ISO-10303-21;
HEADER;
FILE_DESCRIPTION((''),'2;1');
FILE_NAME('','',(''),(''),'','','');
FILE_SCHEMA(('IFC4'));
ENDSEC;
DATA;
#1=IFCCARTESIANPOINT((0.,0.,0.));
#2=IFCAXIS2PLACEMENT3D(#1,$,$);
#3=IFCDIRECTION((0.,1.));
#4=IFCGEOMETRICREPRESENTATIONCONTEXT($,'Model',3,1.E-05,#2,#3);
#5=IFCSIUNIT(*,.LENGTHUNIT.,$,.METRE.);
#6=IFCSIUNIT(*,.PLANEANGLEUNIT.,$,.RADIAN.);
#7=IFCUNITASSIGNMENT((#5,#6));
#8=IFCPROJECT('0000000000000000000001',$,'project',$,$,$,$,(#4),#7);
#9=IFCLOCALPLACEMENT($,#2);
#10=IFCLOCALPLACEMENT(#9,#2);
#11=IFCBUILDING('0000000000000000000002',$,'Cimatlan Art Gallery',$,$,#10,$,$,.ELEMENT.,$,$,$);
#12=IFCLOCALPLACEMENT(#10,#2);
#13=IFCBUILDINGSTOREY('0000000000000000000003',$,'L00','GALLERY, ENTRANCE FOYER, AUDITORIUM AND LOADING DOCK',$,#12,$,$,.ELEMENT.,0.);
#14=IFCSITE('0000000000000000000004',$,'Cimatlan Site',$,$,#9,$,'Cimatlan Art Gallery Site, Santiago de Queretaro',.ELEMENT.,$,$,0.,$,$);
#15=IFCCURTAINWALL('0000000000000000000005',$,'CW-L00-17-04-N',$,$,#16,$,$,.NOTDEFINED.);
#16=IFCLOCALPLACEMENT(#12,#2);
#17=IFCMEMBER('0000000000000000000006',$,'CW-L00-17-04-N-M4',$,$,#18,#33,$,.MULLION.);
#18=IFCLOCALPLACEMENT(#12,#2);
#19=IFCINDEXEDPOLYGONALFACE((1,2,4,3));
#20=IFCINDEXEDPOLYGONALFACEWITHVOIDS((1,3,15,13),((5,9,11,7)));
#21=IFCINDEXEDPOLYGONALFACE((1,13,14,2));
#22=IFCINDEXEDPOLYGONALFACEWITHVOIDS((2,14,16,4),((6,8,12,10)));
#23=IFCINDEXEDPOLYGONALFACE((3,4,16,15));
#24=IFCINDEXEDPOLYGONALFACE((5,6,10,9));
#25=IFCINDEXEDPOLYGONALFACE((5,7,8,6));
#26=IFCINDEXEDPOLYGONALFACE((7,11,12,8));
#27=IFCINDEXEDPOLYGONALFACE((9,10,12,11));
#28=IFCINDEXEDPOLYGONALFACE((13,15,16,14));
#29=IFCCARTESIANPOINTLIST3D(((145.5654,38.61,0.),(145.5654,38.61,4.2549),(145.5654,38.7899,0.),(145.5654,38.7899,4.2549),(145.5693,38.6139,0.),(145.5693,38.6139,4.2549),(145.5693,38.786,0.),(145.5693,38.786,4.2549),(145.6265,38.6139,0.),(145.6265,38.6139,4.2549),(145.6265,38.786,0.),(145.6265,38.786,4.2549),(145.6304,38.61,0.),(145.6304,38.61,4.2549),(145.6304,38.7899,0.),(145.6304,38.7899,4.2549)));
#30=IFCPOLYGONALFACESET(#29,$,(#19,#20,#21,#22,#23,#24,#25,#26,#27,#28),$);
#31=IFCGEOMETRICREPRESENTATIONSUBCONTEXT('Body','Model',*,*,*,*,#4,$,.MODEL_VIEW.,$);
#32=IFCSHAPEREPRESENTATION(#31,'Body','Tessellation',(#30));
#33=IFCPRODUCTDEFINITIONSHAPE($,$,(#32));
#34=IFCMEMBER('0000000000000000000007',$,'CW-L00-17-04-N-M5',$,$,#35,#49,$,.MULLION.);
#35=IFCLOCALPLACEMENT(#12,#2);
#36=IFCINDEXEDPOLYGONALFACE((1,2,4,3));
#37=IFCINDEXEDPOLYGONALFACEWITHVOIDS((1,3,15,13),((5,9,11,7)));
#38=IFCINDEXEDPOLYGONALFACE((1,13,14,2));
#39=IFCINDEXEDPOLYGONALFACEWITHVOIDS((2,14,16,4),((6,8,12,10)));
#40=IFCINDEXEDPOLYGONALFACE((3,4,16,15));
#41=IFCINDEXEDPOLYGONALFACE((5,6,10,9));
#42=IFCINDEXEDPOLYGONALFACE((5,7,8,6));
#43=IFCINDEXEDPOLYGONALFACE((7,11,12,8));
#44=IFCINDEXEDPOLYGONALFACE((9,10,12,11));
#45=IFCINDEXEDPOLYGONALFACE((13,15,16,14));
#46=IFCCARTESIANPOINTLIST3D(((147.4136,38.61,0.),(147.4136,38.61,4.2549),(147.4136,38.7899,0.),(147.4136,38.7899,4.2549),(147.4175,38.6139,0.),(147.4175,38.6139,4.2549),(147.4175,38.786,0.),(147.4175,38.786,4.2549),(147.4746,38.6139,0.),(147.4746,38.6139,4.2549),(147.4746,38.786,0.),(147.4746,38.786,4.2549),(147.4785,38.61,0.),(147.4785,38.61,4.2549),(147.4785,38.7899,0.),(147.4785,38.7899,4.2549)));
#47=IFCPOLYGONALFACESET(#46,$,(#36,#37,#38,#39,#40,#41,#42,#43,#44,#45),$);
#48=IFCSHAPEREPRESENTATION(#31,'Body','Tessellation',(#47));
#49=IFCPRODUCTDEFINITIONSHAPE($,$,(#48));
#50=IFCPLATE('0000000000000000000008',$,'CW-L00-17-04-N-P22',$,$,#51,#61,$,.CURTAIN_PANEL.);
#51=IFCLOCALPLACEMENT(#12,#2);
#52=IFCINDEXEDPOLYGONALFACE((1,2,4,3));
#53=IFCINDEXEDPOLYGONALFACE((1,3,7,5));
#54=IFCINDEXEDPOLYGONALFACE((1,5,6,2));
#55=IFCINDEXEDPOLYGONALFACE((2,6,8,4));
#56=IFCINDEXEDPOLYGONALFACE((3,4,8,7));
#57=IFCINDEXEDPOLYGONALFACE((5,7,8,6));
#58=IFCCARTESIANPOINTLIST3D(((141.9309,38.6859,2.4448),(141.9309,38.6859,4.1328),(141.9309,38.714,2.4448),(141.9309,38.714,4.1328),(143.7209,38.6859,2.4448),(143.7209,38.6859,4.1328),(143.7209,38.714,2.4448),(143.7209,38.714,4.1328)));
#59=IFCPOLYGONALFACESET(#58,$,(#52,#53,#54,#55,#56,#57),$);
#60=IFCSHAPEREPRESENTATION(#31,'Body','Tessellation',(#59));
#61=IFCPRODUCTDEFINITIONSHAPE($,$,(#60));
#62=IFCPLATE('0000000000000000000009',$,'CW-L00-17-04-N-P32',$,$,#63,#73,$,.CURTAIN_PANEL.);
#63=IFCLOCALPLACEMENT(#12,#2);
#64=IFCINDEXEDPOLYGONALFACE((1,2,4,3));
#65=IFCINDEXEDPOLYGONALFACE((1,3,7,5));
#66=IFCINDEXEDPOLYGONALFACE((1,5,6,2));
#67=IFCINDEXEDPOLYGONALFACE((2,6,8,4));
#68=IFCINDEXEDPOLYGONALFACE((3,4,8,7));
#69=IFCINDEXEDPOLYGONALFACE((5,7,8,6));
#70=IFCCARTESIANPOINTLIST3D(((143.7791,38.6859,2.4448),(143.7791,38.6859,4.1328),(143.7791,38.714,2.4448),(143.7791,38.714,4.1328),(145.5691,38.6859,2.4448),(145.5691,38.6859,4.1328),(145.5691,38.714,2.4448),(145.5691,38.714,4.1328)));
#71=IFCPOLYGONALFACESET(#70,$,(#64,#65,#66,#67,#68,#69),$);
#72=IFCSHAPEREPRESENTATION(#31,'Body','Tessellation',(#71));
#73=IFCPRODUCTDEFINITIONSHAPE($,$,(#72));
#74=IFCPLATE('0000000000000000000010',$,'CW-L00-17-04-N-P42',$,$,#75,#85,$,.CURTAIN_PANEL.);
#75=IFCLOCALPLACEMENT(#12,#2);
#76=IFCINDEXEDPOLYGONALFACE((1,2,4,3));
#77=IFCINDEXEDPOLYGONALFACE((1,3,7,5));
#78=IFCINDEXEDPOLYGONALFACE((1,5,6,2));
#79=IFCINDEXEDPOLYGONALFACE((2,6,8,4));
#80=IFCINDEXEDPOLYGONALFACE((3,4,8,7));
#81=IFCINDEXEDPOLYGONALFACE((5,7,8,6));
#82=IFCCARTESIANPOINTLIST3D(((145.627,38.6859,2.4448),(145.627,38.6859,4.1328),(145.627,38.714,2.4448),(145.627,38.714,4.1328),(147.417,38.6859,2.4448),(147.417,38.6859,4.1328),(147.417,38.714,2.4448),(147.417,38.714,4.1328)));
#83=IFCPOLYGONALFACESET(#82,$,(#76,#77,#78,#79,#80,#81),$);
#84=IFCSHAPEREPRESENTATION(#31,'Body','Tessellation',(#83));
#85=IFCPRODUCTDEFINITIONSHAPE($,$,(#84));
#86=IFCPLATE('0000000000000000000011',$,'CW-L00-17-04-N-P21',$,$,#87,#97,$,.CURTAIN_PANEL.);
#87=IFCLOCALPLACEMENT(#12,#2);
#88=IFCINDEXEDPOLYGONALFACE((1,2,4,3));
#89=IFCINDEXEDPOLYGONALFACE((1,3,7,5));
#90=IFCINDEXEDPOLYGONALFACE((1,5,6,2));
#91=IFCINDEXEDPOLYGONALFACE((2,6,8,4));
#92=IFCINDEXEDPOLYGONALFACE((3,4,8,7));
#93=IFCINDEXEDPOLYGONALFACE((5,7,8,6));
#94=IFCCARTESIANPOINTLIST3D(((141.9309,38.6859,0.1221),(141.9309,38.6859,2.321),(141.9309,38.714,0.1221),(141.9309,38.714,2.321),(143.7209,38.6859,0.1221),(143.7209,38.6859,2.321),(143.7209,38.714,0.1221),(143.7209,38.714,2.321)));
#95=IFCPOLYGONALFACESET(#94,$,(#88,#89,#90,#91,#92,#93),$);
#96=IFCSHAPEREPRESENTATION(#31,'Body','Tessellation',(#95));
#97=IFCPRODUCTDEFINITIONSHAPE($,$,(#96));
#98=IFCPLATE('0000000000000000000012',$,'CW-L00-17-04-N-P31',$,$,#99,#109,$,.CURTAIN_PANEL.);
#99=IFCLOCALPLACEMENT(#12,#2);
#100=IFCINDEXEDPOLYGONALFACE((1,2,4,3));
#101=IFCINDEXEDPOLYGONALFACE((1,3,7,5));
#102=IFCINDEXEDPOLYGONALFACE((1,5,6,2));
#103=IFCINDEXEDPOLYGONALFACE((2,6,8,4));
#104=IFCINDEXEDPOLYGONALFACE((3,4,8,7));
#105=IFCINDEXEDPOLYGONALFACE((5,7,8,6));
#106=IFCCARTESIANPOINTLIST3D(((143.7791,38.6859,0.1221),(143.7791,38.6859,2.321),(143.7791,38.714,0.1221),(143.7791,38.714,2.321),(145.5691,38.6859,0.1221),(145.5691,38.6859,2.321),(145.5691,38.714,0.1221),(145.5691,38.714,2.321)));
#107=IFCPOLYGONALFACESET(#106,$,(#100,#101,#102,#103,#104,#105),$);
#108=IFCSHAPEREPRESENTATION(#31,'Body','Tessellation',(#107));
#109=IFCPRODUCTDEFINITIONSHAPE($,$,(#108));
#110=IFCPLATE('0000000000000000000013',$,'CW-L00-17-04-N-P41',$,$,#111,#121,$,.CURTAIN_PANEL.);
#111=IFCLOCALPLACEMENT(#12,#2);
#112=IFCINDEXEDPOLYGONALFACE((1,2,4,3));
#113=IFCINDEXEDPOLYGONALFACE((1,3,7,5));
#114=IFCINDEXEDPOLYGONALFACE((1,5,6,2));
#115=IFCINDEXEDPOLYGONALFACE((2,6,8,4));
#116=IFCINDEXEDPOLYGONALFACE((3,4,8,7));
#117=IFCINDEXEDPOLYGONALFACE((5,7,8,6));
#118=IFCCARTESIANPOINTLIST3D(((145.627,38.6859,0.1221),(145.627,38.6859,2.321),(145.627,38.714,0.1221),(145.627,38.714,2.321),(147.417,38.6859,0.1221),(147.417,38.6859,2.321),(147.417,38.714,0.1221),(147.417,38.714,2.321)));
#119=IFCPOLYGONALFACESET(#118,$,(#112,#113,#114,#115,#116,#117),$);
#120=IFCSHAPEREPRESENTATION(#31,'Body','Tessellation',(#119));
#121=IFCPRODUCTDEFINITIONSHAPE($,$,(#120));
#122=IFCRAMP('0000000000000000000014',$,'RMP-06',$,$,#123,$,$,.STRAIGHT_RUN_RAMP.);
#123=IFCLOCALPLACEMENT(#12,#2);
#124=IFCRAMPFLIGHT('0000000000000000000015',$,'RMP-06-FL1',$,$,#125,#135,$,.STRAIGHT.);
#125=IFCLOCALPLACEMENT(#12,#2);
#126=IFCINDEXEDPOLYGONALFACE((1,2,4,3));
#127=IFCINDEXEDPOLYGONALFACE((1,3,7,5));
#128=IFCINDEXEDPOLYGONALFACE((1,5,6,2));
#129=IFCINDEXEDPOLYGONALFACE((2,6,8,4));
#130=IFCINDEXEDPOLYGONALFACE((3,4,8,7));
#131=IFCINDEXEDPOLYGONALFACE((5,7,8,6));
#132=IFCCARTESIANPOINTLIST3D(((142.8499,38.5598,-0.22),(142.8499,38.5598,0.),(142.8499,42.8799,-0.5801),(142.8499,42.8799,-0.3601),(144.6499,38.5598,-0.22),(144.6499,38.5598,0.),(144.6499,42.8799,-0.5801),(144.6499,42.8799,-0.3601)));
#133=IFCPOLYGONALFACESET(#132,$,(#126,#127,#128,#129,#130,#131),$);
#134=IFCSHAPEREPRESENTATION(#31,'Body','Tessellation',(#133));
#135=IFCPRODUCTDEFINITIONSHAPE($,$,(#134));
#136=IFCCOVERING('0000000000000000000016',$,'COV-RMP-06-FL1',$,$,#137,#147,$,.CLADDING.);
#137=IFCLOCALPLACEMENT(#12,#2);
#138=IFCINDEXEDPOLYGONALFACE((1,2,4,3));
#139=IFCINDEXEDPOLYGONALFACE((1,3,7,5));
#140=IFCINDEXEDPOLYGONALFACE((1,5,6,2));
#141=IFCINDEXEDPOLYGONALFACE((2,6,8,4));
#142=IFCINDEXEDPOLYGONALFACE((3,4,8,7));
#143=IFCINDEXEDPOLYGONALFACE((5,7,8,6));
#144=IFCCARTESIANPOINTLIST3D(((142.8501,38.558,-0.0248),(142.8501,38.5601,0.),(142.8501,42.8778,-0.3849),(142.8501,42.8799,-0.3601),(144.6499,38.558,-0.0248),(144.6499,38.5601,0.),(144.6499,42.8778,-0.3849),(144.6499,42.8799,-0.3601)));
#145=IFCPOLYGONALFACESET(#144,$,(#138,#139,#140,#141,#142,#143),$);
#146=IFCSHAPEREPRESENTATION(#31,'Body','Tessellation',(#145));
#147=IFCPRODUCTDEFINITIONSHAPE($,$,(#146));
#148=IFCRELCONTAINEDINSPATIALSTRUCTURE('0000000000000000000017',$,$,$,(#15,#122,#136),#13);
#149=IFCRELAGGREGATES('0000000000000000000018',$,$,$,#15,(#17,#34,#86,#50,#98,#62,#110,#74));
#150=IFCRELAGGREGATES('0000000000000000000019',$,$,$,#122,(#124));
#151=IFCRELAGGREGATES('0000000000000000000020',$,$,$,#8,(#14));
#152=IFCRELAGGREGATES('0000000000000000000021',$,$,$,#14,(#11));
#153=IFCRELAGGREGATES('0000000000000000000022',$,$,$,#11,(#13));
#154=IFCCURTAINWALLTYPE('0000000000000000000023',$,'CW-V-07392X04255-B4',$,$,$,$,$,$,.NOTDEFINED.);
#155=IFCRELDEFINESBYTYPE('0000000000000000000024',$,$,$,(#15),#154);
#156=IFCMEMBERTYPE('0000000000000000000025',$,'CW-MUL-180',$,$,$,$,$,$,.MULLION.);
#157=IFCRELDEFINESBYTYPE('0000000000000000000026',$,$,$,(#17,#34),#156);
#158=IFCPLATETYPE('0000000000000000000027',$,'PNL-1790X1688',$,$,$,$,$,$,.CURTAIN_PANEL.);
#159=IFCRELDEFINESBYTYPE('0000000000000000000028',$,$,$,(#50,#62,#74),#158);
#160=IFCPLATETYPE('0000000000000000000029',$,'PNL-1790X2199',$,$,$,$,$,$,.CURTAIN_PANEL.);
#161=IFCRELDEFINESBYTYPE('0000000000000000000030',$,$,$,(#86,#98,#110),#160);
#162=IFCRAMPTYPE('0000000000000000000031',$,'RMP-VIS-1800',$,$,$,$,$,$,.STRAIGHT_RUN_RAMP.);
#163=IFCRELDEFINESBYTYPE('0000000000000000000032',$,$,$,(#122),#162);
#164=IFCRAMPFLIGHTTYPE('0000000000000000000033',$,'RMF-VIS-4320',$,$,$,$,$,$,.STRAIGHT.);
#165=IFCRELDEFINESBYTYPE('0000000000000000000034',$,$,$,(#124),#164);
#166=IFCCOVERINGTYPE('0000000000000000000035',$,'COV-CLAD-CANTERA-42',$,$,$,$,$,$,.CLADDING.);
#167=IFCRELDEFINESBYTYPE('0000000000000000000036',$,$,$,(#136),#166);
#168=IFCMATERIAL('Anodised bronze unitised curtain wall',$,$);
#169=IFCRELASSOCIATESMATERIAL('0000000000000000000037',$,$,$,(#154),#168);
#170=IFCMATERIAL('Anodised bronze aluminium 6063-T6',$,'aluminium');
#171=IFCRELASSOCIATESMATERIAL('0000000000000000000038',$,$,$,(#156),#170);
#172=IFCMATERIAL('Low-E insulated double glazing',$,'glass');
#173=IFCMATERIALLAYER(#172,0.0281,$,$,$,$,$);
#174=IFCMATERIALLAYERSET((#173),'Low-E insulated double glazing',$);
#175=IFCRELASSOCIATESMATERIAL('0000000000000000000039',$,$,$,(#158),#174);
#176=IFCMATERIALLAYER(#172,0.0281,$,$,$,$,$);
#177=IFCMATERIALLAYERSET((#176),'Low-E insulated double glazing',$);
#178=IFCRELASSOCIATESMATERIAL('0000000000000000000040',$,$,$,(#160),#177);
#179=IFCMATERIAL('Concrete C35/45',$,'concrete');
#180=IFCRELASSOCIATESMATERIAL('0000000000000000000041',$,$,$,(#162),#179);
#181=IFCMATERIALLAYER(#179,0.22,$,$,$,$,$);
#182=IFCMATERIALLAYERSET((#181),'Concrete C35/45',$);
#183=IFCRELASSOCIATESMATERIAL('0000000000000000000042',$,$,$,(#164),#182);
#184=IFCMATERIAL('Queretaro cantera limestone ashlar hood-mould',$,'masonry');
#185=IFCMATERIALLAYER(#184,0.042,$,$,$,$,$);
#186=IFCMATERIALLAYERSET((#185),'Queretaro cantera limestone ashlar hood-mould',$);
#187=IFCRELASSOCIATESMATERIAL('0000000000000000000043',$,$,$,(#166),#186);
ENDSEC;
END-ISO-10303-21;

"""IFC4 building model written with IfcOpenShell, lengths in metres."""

from ifc_helpers import new_model, si_unit, direction, frame, origin, origin_2d, place, context, subcontext, project, spatial, polyline, rectangle, hollow_rectangle, outline, extrude, material, layer, layer_set, material_profile, profile_set, type_object, element, aggregate, save


model = new_model("IFC4")

# Units and contexts
model_context = context("Model", 3, precision=1e-05, world=origin(), true_north=direction((0.0, 1.0)))
body_context = subcontext(model_context, "Body", "Model", "MODEL_VIEW")
ifc_project = project(units=[si_unit("LENGTHUNIT", "METRE"), si_unit("PLANEANGLEUNIT", "RADIAN")], contexts=[model_context])

# Site, building, storey
site_placement = place(None, origin())
site = spatial("IfcSite", under=ifc_project, at=site_placement, Name="Cimatlan Site", LongName="Cimatlan Art Gallery Site, Santiago de Queretaro", CompositionType="ELEMENT", RefElevation=0.0)
building_placement = place(site_placement, origin())
building = spatial("IfcBuilding", under=site, at=building_placement, Name="Cimatlan Art Gallery", CompositionType="ELEMENT")
storey_placement = place(building_placement, origin())
storey = spatial("IfcBuildingStorey", under=building, at=storey_placement, Name="L00", Description="GALLERY, ENTRANCE FOYER, AUDITORIUM AND LOADING DOCK", CompositionType="ELEMENT", Elevation=0.0)

# Curtain wall, members, plates
ifc_material_1 = material(Name="Anodised bronze unitised curtain wall")
curtain_wall_type = type_object("IfcCurtainWallType", Name="CW-V-07392X04255-B4", PredefinedType="NOTDEFINED", material=ifc_material_1)
curtain_wall_placement = place(storey_placement, origin())
curtain_wall = element("IfcCurtainWall", 1, at=curtain_wall_placement, inside=storey, type_object=curtain_wall_type, Name="CW-L00-17-04-N", PredefinedType="NOTDEFINED")
ifc_material_2 = material(Name="Anodised bronze aluminium 6063-T6", Category="aluminium")
ifc_material_profile_1 = material_profile(ifc_material_2, hollow_rectangle(XDim=0.0649, YDim=0.1799, WallThickness=0.0039, at=origin_2d()), Name="ALU65X180X4")
ifc_profile_set_1 = profile_set([ifc_material_profile_1], Name="Anodised bronze aluminium 6063-T6")
member_type = type_object("IfcMemberType", Name="CW-MUL-180", PredefinedType="MULLION", material=ifc_profile_set_1)
member_1_placement = place(storey_placement, frame((145.5979, 38.7, 0.0), z_axis=(0.0, 0.0, 1.0), x_axis=(1.0, 0.0, 0.0)))
member_1 = element("IfcMember", 2, at=member_1_placement, type_object=member_type, Name="CW-L00-17-04-N-M4", PredefinedType="MULLION", context=body_context, shape_type="SweptSolid", body=[
    extrude(hollow_rectangle(XDim=0.0649, YDim=0.1799, WallThickness=0.0039, at=origin_2d()), origin(), (0.0, 0.0, 1.0), 4.2549),
])
member_2_placement = place(storey_placement, frame((147.446, 38.7, 0.0), z_axis=(0.0, 0.0, 1.0), x_axis=(1.0, 0.0, 0.0)))
member_2 = element("IfcMember", 3, at=member_2_placement, type_object=member_type, Name="CW-L00-17-04-N-M5", PredefinedType="MULLION", context=body_context, shape_type="SweptSolid", body=[
    extrude(hollow_rectangle(XDim=0.0649, YDim=0.1799, WallThickness=0.0039, at=origin_2d()), origin(), (0.0, 0.0, 1.0), 4.2549),
])
ifc_material_3 = material(Name="Low-E insulated double glazing", Category="glass")
ifc_layer_1 = layer(ifc_material_3, 0.0281)
ifc_layer_set_1 = layer_set([ifc_layer_1], Name="Low-E insulated double glazing")
plate_type_1 = type_object("IfcPlateType", Name="PNL-1790X1688", PredefinedType="CURTAIN_PANEL", material=ifc_layer_set_1)
plate_1_placement = place(storey_placement, frame((142.8259, 38.7, 2.4448), z_axis=(0.0, 0.0, 1.0), x_axis=(1.0, 0.0, 0.0)))
plate_1 = element("IfcPlate", 4, at=plate_1_placement, type_object=plate_type_1, Name="CW-L00-17-04-N-P22", PredefinedType="CURTAIN_PANEL", context=body_context, shape_type="SweptSolid", body=[
    extrude(rectangle(XDim=1.79, YDim=0.0281, at=origin_2d()), origin(), (0.0, 0.0, 1.0), 1.688),
])
plate_2_placement = place(storey_placement, frame((144.6741, 38.7, 2.4448), z_axis=(0.0, 0.0, 1.0), x_axis=(1.0, 0.0, 0.0)))
plate_2 = element("IfcPlate", 5, at=plate_2_placement, type_object=plate_type_1, Name="CW-L00-17-04-N-P32", PredefinedType="CURTAIN_PANEL", context=body_context, shape_type="SweptSolid", body=[
    extrude(rectangle(XDim=1.79, YDim=0.0281, at=origin_2d()), origin(), (0.0, 0.0, 1.0), 1.688),
])
plate_3_placement = place(storey_placement, frame((146.522, 38.7, 2.4448), z_axis=(0.0, 0.0, 1.0), x_axis=(1.0, 0.0, 0.0)))
plate_3 = element("IfcPlate", 6, at=plate_3_placement, type_object=plate_type_1, Name="CW-L00-17-04-N-P42", PredefinedType="CURTAIN_PANEL", context=body_context, shape_type="SweptSolid", body=[
    extrude(rectangle(XDim=1.79, YDim=0.0281, at=origin_2d()), origin(), (0.0, 0.0, 1.0), 1.688),
])
ifc_layer_2 = layer(ifc_material_3, 0.0281)
ifc_layer_set_2 = layer_set([ifc_layer_2], Name="Low-E insulated double glazing")
plate_type_2 = type_object("IfcPlateType", Name="PNL-1790X2199", PredefinedType="CURTAIN_PANEL", material=ifc_layer_set_2)
plate_4_placement = place(storey_placement, frame((142.8259, 38.7, 0.1221), z_axis=(0.0, 0.0, 1.0), x_axis=(1.0, 0.0, 0.0)))
plate_4 = element("IfcPlate", 7, at=plate_4_placement, type_object=plate_type_2, Name="CW-L00-17-04-N-P21", PredefinedType="CURTAIN_PANEL", context=body_context, shape_type="SweptSolid", body=[
    extrude(rectangle(XDim=1.79, YDim=0.0281, at=origin_2d()), origin(), (0.0, 0.0, 1.0), 2.199),
])
plate_5_placement = place(storey_placement, frame((144.6741, 38.7, 0.1221), z_axis=(0.0, 0.0, 1.0), x_axis=(1.0, 0.0, 0.0)))
plate_5 = element("IfcPlate", 8, at=plate_5_placement, type_object=plate_type_2, Name="CW-L00-17-04-N-P31", PredefinedType="CURTAIN_PANEL", context=body_context, shape_type="SweptSolid", body=[
    extrude(rectangle(XDim=1.79, YDim=0.0281, at=origin_2d()), origin(), (0.0, 0.0, 1.0), 2.199),
])
plate_6_placement = place(storey_placement, frame((146.522, 38.7, 0.1221), z_axis=(0.0, 0.0, 1.0), x_axis=(1.0, 0.0, 0.0)))
plate_6 = element("IfcPlate", 9, at=plate_6_placement, type_object=plate_type_2, Name="CW-L00-17-04-N-P41", PredefinedType="CURTAIN_PANEL", context=body_context, shape_type="SweptSolid", body=[
    extrude(rectangle(XDim=1.79, YDim=0.0281, at=origin_2d()), origin(), (0.0, 0.0, 1.0), 2.199),
])
aggregate(curtain_wall, [member_1, member_2, plate_4, plate_1, plate_5, plate_2, plate_6, plate_3])

# Ramp, ramp flight
ifc_material_4 = material(Name="Concrete C35/45", Category="concrete")
ramp_type = type_object("IfcRampType", Name="RMP-VIS-1800", PredefinedType="STRAIGHT_RUN_RAMP", material=ifc_material_4)
ramp_placement = place(storey_placement, origin())
ramp = element("IfcRamp", 10, at=ramp_placement, inside=storey, type_object=ramp_type, Name="RMP-06", PredefinedType="STRAIGHT_RUN_RAMP")
ifc_layer_3 = layer(ifc_material_4, 0.22)
ifc_layer_set_3 = layer_set([ifc_layer_3], Name="Concrete C35/45")
ramp_flight_type = type_object("IfcRampFlightType", Name="RMF-VIS-4320", PredefinedType="STRAIGHT", material=ifc_layer_set_3)
ramp_flight_placement = place(storey_placement, frame((143.75, 42.8799, -0.3601), z_axis=(0.0, 0.0, 1.0), x_axis=(0.0, -1.0, 0.0)))
ramp_flight = element("IfcRampFlight", 11, at=ramp_flight_placement, type_object=ramp_flight_type, Name="RMP-06-FL1", PredefinedType="STRAIGHT", context=body_context, shape_type="SweptSolid", body=[
    extrude(outline(polyline([(0.0, 0.0), (4.3201, 0.3601), (4.3201, 0.1401), (0.0, -0.22), (0.0, 0.0)])), frame((0.0, 0.8999, 0.0), z_axis=(0.0, -1.0, 0.0), x_axis=(1.0, 0.0, 0.0)), (0.0, 0.0, 1.0), 1.8),
])
aggregate(ramp, [ramp_flight])

# Covering
ifc_material_5 = material(Name="Queretaro cantera limestone ashlar hood-mould", Category="masonry")
ifc_layer_4 = layer(ifc_material_5, 0.042)
ifc_layer_set_4 = layer_set([ifc_layer_4], Name="Queretaro cantera limestone ashlar hood-mould")
covering_type = type_object("IfcCoveringType", Name="COV-CLAD-CANTERA-42", PredefinedType="CLADDING", material=ifc_layer_set_4)
covering_placement = place(storey_placement, frame((142.8501, 42.8799, -0.3601), z_axis=(0.0, 0.083073, 0.996543), x_axis=(0.0, -0.996543, 0.083073)))
element("IfcCovering", 12, at=covering_placement, inside=storey, type_object=covering_type, Name="COV-RMP-06-FL1", PredefinedType="CLADDING", context=body_context, shape_type="SweptSolid", body=[
    extrude(outline(polyline([(0.0, 0.0), (4.3348, 0.0), (4.3348, 1.7998), (0.0, 1.7998), (0.0, 0.0)])), origin(), (0.0, 0.0, -1.0), 0.0249),
])

save(model, "model.ifc")
